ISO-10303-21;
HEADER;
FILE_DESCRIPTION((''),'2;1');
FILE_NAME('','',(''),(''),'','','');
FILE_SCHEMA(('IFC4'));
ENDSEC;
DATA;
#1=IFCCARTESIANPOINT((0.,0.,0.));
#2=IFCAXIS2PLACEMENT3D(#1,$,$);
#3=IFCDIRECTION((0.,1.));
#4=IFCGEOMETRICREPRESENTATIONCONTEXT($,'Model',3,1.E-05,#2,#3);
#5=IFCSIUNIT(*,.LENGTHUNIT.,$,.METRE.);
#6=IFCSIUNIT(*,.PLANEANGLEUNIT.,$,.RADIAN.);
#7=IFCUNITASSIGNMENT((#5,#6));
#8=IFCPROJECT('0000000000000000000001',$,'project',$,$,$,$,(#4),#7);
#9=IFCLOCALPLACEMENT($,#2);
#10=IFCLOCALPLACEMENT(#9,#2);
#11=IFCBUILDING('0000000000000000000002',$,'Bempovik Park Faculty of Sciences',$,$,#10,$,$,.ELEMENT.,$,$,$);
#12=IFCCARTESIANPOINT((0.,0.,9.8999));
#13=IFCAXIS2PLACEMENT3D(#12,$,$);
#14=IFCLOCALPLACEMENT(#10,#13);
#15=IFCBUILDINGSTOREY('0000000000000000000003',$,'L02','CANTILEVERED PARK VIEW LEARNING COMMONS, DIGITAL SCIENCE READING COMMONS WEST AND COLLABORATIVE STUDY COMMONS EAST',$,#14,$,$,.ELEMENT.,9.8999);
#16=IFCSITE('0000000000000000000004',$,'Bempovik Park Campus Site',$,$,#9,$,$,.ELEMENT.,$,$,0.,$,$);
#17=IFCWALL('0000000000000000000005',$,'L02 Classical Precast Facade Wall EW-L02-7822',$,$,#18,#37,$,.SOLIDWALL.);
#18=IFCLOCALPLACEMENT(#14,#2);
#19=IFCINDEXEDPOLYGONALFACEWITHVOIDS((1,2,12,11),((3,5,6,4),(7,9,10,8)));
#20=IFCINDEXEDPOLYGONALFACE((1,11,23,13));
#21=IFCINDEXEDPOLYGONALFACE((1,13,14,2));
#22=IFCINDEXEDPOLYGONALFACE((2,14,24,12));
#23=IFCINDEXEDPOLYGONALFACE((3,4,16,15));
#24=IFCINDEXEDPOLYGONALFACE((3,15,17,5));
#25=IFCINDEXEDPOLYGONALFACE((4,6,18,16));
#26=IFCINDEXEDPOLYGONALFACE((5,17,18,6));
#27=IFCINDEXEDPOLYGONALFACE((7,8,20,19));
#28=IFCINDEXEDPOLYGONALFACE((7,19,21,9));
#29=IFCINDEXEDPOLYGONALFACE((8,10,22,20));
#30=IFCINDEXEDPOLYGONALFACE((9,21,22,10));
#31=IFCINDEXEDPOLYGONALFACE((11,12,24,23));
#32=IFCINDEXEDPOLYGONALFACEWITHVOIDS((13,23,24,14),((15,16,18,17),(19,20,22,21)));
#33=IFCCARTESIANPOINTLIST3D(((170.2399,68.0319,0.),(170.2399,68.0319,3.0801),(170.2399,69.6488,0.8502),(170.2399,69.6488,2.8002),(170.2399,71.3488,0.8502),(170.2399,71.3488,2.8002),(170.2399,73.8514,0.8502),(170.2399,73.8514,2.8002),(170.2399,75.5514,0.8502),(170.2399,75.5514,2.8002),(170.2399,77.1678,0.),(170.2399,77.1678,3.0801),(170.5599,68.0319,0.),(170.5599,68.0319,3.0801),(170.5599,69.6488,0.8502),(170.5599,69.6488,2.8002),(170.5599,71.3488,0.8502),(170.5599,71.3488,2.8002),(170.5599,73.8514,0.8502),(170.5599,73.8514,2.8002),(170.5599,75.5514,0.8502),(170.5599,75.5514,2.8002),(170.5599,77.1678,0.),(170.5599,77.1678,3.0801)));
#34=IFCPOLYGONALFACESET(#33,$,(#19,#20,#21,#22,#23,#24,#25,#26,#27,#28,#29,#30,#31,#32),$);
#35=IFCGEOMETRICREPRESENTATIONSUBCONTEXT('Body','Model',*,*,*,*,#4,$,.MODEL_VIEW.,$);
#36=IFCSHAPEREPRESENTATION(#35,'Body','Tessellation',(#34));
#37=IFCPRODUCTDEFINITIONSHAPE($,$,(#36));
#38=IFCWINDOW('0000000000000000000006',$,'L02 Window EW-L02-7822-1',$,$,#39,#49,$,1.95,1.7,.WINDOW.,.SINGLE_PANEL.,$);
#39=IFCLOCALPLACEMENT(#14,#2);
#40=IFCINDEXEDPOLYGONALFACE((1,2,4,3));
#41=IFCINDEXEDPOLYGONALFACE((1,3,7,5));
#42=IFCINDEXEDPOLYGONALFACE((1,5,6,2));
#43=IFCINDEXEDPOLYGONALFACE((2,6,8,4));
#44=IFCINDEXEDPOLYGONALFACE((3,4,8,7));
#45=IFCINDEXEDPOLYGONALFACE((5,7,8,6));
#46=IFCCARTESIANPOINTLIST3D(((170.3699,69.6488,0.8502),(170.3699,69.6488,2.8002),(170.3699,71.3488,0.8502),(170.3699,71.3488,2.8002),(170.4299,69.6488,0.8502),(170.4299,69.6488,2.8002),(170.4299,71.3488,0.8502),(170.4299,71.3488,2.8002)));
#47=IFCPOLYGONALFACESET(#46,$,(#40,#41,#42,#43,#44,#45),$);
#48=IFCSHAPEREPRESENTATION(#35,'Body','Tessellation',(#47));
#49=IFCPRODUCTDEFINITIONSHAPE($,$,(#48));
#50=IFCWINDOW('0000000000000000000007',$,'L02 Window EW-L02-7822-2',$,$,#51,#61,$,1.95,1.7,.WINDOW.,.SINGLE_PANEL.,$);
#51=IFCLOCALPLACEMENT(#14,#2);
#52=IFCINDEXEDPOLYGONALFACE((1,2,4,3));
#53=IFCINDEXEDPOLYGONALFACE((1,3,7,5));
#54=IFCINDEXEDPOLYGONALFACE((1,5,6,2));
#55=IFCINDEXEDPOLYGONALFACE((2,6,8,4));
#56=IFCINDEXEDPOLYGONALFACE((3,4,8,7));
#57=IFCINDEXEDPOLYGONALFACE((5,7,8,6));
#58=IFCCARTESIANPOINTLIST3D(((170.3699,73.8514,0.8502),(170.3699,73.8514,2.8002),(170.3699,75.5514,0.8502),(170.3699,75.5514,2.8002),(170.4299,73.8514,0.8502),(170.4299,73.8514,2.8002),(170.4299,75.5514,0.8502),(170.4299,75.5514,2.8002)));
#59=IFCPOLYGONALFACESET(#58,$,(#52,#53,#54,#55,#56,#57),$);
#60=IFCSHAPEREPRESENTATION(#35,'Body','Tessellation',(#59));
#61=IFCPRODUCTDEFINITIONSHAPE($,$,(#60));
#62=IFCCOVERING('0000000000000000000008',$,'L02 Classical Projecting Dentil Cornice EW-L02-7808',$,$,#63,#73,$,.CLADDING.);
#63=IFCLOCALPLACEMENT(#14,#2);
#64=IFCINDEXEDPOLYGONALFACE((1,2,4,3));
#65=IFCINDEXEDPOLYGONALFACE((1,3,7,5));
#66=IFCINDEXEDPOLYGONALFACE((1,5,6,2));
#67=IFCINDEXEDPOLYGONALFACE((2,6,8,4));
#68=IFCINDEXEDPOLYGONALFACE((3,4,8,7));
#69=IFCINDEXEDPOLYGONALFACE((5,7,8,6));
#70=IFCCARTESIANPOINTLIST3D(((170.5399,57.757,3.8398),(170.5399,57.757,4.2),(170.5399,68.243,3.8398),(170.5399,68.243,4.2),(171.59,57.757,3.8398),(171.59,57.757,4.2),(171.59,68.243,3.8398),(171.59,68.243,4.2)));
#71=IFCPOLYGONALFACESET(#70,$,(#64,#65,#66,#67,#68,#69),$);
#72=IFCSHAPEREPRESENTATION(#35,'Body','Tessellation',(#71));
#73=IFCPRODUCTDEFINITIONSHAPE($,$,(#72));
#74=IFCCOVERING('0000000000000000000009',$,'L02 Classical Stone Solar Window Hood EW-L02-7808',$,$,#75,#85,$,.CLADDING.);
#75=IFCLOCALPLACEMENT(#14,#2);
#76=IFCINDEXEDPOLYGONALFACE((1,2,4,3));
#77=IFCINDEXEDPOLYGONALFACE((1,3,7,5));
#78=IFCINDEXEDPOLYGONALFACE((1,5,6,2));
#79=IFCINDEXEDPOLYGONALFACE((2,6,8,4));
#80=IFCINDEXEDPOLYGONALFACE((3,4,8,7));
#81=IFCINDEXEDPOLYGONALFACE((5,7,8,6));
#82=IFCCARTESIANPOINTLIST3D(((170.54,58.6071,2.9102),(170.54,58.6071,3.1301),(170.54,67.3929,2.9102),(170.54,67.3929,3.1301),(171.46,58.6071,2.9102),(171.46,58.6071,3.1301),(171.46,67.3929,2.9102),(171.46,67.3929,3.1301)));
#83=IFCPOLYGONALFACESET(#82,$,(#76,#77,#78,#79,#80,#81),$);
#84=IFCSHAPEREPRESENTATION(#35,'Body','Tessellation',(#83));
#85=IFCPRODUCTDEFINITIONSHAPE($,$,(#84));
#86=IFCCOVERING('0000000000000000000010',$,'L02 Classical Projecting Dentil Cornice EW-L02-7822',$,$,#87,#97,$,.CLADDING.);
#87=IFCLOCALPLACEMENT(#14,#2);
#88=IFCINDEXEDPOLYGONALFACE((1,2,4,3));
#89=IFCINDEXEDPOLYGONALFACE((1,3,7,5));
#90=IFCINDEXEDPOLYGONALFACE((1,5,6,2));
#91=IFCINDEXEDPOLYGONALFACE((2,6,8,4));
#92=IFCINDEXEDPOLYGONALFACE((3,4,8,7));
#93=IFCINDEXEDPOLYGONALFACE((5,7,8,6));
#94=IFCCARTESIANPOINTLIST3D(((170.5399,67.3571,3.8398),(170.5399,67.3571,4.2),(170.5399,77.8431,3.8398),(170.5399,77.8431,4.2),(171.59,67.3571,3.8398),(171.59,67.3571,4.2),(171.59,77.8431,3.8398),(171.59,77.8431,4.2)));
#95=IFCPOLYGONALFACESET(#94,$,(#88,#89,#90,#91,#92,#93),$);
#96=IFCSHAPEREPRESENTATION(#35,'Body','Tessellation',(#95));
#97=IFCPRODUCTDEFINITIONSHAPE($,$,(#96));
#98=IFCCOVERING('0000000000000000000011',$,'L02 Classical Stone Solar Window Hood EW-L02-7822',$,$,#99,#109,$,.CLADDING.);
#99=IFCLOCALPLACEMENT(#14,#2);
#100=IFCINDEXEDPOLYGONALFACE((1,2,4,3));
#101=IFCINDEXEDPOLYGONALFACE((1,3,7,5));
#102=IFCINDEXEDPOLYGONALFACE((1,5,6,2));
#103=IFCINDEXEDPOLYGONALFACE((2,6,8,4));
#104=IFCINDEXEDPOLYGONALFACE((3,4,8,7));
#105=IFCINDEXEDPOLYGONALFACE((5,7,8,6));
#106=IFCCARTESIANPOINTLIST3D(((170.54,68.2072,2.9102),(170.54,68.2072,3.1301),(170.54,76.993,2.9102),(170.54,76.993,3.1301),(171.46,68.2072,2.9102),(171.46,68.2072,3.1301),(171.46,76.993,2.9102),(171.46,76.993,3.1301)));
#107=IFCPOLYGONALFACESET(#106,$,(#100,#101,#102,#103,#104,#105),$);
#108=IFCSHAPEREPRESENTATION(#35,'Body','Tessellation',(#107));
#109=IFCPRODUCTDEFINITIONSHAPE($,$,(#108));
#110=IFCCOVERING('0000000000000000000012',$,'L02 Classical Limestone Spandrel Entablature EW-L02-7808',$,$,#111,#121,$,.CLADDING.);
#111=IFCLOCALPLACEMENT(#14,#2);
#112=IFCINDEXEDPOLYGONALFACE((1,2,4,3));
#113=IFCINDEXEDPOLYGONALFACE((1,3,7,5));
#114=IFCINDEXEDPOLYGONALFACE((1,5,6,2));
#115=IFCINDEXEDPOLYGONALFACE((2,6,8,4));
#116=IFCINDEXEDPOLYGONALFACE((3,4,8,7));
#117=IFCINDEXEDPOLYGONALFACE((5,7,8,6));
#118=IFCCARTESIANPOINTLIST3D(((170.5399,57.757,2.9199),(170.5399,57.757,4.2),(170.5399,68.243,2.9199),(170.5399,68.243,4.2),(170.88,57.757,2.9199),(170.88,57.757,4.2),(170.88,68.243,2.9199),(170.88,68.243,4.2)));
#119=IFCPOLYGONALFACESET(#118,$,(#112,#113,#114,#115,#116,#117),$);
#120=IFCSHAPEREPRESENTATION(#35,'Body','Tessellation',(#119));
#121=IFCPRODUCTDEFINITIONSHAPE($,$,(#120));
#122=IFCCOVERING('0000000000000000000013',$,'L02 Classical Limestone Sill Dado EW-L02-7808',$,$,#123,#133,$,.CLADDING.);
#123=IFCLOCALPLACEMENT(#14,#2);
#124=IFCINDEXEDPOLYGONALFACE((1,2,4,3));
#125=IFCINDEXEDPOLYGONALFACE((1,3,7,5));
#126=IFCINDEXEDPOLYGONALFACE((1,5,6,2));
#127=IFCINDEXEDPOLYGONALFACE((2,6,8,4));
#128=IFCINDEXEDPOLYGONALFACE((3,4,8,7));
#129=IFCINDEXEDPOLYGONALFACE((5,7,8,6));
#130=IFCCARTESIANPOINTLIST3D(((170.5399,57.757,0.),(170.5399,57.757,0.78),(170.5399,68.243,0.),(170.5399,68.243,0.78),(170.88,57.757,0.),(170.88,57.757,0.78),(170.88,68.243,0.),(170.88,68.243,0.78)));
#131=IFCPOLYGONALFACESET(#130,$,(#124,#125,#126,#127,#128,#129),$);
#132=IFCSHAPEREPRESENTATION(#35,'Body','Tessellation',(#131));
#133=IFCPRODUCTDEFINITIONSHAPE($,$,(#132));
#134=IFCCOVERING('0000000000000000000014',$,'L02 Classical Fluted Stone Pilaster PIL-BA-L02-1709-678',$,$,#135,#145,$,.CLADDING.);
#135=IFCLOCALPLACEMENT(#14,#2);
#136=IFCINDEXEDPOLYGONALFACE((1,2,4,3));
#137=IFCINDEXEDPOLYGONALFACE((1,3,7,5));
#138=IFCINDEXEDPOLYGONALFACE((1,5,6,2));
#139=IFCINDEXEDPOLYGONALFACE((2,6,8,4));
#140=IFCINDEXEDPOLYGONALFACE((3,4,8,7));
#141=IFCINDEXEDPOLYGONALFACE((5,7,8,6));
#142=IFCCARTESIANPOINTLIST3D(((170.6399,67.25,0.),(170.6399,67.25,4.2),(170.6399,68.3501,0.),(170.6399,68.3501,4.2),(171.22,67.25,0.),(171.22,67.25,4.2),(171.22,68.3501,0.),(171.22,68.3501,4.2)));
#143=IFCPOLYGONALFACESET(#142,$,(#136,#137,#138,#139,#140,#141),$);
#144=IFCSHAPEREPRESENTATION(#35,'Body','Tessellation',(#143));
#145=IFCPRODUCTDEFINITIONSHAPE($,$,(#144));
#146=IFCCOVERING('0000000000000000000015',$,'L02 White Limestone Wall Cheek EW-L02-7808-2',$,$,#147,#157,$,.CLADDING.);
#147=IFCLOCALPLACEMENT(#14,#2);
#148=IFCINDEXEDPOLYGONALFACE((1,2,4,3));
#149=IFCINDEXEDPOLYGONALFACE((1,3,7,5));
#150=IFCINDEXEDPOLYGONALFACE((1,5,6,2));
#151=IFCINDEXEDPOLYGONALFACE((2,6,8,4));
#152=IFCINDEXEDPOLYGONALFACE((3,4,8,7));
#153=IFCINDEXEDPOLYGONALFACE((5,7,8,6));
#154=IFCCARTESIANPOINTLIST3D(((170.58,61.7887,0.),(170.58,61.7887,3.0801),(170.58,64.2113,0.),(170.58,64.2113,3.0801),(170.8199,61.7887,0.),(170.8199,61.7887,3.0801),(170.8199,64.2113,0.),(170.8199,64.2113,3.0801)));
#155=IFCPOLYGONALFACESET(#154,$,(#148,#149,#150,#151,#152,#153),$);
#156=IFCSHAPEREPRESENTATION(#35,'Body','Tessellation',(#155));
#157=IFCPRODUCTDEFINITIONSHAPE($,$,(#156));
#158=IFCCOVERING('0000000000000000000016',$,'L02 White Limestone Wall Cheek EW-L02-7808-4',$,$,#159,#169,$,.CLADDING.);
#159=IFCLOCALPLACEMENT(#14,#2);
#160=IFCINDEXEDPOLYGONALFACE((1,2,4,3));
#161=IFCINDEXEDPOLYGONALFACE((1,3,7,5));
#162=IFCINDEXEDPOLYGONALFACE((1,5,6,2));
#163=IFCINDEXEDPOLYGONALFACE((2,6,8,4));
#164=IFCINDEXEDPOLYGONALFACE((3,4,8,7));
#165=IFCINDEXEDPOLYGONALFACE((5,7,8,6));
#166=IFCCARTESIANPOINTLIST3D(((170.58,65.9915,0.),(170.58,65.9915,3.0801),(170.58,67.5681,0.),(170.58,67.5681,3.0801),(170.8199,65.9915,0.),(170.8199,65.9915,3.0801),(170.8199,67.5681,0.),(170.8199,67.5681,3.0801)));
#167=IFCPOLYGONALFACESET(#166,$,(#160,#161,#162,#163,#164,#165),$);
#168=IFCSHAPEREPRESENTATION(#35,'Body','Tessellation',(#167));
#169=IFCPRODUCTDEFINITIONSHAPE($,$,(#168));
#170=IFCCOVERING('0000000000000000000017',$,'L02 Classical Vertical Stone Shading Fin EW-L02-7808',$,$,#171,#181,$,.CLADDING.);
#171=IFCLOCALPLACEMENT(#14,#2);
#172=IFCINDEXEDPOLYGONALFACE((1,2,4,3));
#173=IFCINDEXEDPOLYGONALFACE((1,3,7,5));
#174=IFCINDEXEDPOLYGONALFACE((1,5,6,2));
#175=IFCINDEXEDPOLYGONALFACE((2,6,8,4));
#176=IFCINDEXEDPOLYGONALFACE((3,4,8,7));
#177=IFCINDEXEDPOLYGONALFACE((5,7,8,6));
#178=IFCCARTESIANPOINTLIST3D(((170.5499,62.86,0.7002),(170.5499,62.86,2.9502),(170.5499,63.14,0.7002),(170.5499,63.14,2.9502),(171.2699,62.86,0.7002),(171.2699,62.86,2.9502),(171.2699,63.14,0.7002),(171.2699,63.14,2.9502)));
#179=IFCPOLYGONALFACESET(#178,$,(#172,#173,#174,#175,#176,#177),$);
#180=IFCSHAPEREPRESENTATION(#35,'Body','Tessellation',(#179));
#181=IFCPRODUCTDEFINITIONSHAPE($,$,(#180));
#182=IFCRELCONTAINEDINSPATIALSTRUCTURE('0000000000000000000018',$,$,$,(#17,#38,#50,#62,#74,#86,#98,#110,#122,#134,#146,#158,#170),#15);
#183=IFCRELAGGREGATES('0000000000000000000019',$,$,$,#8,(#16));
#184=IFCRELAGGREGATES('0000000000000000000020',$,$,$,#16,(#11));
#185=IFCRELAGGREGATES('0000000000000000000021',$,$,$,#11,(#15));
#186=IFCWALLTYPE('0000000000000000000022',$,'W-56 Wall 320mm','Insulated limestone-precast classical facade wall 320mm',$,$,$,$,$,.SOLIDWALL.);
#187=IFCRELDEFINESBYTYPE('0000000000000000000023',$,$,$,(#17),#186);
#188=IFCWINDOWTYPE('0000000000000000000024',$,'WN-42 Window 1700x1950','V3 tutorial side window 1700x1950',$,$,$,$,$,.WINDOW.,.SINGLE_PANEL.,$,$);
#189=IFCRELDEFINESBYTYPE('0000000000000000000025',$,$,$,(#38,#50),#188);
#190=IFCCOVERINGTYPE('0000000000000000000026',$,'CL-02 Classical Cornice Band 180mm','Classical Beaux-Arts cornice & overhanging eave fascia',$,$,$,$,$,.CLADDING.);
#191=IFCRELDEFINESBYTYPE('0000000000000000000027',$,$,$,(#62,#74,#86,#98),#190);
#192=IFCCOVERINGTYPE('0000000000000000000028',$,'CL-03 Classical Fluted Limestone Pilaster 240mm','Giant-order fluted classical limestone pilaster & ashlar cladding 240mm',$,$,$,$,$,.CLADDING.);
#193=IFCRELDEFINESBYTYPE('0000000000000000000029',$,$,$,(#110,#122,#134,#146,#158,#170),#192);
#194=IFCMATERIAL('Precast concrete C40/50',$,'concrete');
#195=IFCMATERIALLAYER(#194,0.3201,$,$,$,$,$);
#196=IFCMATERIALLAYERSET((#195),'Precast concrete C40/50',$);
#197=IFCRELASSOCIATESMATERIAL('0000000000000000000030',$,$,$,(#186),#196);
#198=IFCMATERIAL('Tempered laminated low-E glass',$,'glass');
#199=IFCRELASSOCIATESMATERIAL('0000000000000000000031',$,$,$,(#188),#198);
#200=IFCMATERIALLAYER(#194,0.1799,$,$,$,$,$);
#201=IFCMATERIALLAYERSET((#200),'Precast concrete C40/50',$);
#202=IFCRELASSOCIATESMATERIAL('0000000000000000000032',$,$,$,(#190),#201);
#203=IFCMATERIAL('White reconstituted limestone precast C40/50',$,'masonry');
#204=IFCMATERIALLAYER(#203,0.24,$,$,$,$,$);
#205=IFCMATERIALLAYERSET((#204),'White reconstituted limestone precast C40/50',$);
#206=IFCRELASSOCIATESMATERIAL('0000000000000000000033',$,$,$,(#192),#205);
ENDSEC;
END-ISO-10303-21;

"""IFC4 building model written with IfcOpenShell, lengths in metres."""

from ifc_helpers import new_model, si_unit, direction, frame, frame_2d, origin, origin_2d, place, context, subcontext, project, spatial, rectangle, extrude, material, layer, layer_set, type_object, element, fill, save


model = new_model("IFC4")

# Units and contexts
model_context = context("Model", 3, precision=1e-05, world=origin(), true_north=direction((0.0, 1.0)))
body_context = subcontext(model_context, "Body", "Model", "MODEL_VIEW")
ifc_project = project(units=[si_unit("LENGTHUNIT", "METRE"), si_unit("PLANEANGLEUNIT", "RADIAN")], contexts=[model_context])

# Site, building, storey
site_placement = place(None, origin())
site = spatial("IfcSite", under=ifc_project, at=site_placement, Name="Bempovik Park Campus Site", CompositionType="ELEMENT", RefElevation=0.0)
building_placement = place(site_placement, origin())
building = spatial("IfcBuilding", under=site, at=building_placement, Name="Bempovik Park Faculty of Sciences", CompositionType="ELEMENT")
storey_placement = place(building_placement, frame((0.0, 0.0, 9.8999)))
storey = spatial("IfcBuildingStorey", under=building, at=storey_placement, Name="L02", Description="CANTILEVERED PARK VIEW LEARNING COMMONS, DIGITAL SCIENCE READING COMMONS WEST AND COLLABORATIVE STUDY COMMONS EAST", CompositionType="ELEMENT", Elevation=9.8999)

# Wall, openings, windows
ifc_material_1 = material(Name="Precast concrete C40/50", Category="concrete")
ifc_layer_1 = layer(ifc_material_1, 0.3201)
ifc_layer_set_1 = layer_set([ifc_layer_1], Name="Precast concrete C40/50")
wall_type_1 = type_object("IfcWallType", Name="W-56 Wall 320mm", Description="Insulated limestone-precast classical facade wall 320mm", PredefinedType="SOLIDWALL", material=ifc_layer_set_1)
wall_1_placement = place(storey_placement, frame((170.3999, 68.032, 0.0), z_axis=(0.0, 0.0, 1.0), x_axis=(0.0, 1.0, 0.0)))
wall_1 = element("IfcWall", 1, at=wall_1_placement, inside=storey, type_object=wall_type_1, Name="L02 Classical Precast Facade Wall EW-L02-7822", PredefinedType="SOLIDWALL", context=body_context, shape_type="SweptSolid", body=[
    extrude(rectangle(XDim=9.136, YDim=0.3201, at=frame_2d((4.5679, 0.0))), origin(), (0.0, 0.0, 1.0), 3.0801),
])
opening_1_placement = place(wall_1_placement, frame((1.6167, 0.0, 0.8501)))
opening_1 = element("IfcOpeningElement", 2, at=opening_1_placement, cuts=wall_1, PredefinedType="OPENING", context=body_context, shape_type="SweptSolid", body=[
    extrude(rectangle(XDim=1.7, YDim=1.95, at=frame_2d((0.8501, 0.9751))), frame((0.0, 0.1699, 0.0), z_axis=(0.0, -1.0, 0.0), x_axis=(1.0, 0.0, 0.0)), (0.0, 0.0, 1.0), 0.3401),
])
opening_2_placement = place(wall_1_placement, frame((5.8193, 0.0, 0.8501)))
opening_2 = element("IfcOpeningElement", 3, at=opening_2_placement, cuts=wall_1, PredefinedType="OPENING", context=body_context, shape_type="SweptSolid", body=[
    extrude(rectangle(XDim=1.7, YDim=1.95, at=frame_2d((0.8501, 0.9751))), frame((0.0, 0.1699, 0.0), z_axis=(0.0, -1.0, 0.0), x_axis=(1.0, 0.0, 0.0)), (0.0, 0.0, 1.0), 0.3401),
])
ifc_material_2 = material(Name="Tempered laminated low-E glass", Category="glass")
window_type = type_object("IfcWindowType", Name="WN-42 Window 1700x1950", Description="V3 tutorial side window 1700x1950", PartitioningType="SINGLE_PANEL", PredefinedType="WINDOW", material=ifc_material_2)
window_1_placement = place(opening_1_placement, origin())
window_1 = element("IfcWindow", 4, at=window_1_placement, inside=storey, type_object=window_type, Name="L02 Window EW-L02-7822-1", OverallHeight=1.95, OverallWidth=1.7, PartitioningType="SINGLE_PANEL", PredefinedType="WINDOW", context=body_context, shape_type="SweptSolid", body=[
    extrude(rectangle(XDim=1.7, YDim=1.95, at=frame_2d((0.8501, 0.9751))), frame((0.0, 0.03, 0.0), z_axis=(0.0, -1.0, 0.0), x_axis=(1.0, 0.0, 0.0)), (0.0, 0.0, 1.0), 0.0601),
])
fill(opening_1, window_1)
window_2_placement = place(opening_2_placement, origin())
window_2 = element("IfcWindow", 5, at=window_2_placement, inside=storey, type_object=window_type, Name="L02 Window EW-L02-7822-2", OverallHeight=1.95, OverallWidth=1.7, PartitioningType="SINGLE_PANEL", PredefinedType="WINDOW", context=body_context, shape_type="SweptSolid", body=[
    extrude(rectangle(XDim=1.7, YDim=1.95, at=frame_2d((0.8501, 0.9751))), frame((0.0, 0.03, 0.0), z_axis=(0.0, -1.0, 0.0), x_axis=(1.0, 0.0, 0.0)), (0.0, 0.0, 1.0), 0.0601),
])
fill(opening_2, window_2)

# Coverings
ifc_layer_2 = layer(ifc_material_1, 0.1799)
ifc_layer_set_2 = layer_set([ifc_layer_2], Name="Precast concrete C40/50")
covering_type_1 = type_object("IfcCoveringType", Name="CL-02 Classical Cornice Band 180mm", Description="Classical Beaux-Arts cornice & overhanging eave fascia", PredefinedType="CLADDING", material=ifc_layer_set_2)
covering_1_placement = place(storey_placement, frame((171.0649, 63.0, 3.8398), z_axis=(0.0, 0.0, 1.0), x_axis=(1.0, 0.0, 0.0)))
element("IfcCovering", 6, at=covering_1_placement, inside=storey, type_object=covering_type_1, Name="L02 Classical Projecting Dentil Cornice EW-L02-7808", PredefinedType="CLADDING", context=body_context, shape_type="SweptSolid", body=[
    extrude(rectangle(XDim=1.05, YDim=10.4861, at=origin_2d()), origin(), (0.0, 0.0, 1.0), 0.3601),
])
covering_2_placement = place(storey_placement, frame((171.0, 63.0, 2.9102), z_axis=(0.0, 0.0, 1.0), x_axis=(1.0, 0.0, 0.0)))
element("IfcCovering", 7, at=covering_2_placement, inside=storey, type_object=covering_type_1, Name="L02 Classical Stone Solar Window Hood EW-L02-7808", PredefinedType="CLADDING", context=body_context, shape_type="SweptSolid", body=[
    extrude(rectangle(XDim=0.9199, YDim=8.7859, at=origin_2d()), origin(), (0.0, 0.0, 1.0), 0.22),
])
covering_3_placement = place(storey_placement, frame((171.0649, 72.6001, 3.8398), z_axis=(0.0, 0.0, 1.0), x_axis=(1.0, 0.0, 0.0)))
element("IfcCovering", 8, at=covering_3_placement, inside=storey, type_object=covering_type_1, Name="L02 Classical Projecting Dentil Cornice EW-L02-7822", PredefinedType="CLADDING", context=body_context, shape_type="SweptSolid", body=[
    extrude(rectangle(XDim=1.05, YDim=10.4861, at=origin_2d()), origin(), (0.0, 0.0, 1.0), 0.3601),
])
covering_4_placement = place(storey_placement, frame((171.0, 72.6001, 2.9102), z_axis=(0.0, 0.0, 1.0), x_axis=(1.0, 0.0, 0.0)))
element("IfcCovering", 9, at=covering_4_placement, inside=storey, type_object=covering_type_1, Name="L02 Classical Stone Solar Window Hood EW-L02-7822", PredefinedType="CLADDING", context=body_context, shape_type="SweptSolid", body=[
    extrude(rectangle(XDim=0.9199, YDim=8.7859, at=origin_2d()), origin(), (0.0, 0.0, 1.0), 0.22),
])
ifc_material_3 = material(Name="White reconstituted limestone precast C40/50", Category="masonry")
ifc_layer_3 = layer(ifc_material_3, 0.24)
ifc_layer_set_3 = layer_set([ifc_layer_3], Name="White reconstituted limestone precast C40/50")
covering_type_2 = type_object("IfcCoveringType", Name="CL-03 Classical Fluted Limestone Pilaster 240mm", Description="Giant-order fluted classical limestone pilaster & ashlar cladding 240mm", PredefinedType="CLADDING", material=ifc_layer_set_3)
covering_5_placement = place(storey_placement, frame((170.71, 63.0, 2.9199), z_axis=(0.0, 0.0, 1.0), x_axis=(1.0, 0.0, 0.0)))
element("IfcCovering", 10, at=covering_5_placement, inside=storey, type_object=covering_type_2, Name="L02 Classical Limestone Spandrel Entablature EW-L02-7808", PredefinedType="CLADDING", context=body_context, shape_type="SweptSolid", body=[
    extrude(rectangle(XDim=0.3401, YDim=10.4861, at=origin_2d()), origin(), (0.0, 0.0, 1.0), 1.28),
])
covering_6_placement = place(storey_placement, frame((170.71, 63.0, 0.0), z_axis=(0.0, 0.0, 1.0), x_axis=(1.0, 0.0, 0.0)))
element("IfcCovering", 11, at=covering_6_placement, inside=storey, type_object=covering_type_2, Name="L02 Classical Limestone Sill Dado EW-L02-7808", PredefinedType="CLADDING", context=body_context, shape_type="SweptSolid", body=[
    extrude(rectangle(XDim=0.3401, YDim=10.4861, at=origin_2d()), origin(), (0.0, 0.0, 1.0), 0.78),
])
covering_7_placement = place(storey_placement, frame((170.9299, 67.8, 0.0), z_axis=(0.0, 0.0, 1.0), x_axis=(1.0, 0.0, 0.0)))
element("IfcCovering", 12, at=covering_7_placement, inside=storey, type_object=covering_type_2, Name="L02 Classical Fluted Stone Pilaster PIL-BA-L02-1709-678", PredefinedType="CLADDING", context=body_context, shape_type="SweptSolid", body=[
    extrude(rectangle(XDim=0.5801, YDim=1.1001, at=origin_2d()), origin(), (0.0, 0.0, 1.0), 4.2),
])
covering_8_placement = place(storey_placement, frame((170.7, 63.0, 0.0), z_axis=(0.0, 0.0, 1.0), x_axis=(1.0, 0.0, 0.0)))
element("IfcCovering", 13, at=covering_8_placement, inside=storey, type_object=covering_type_2, Name="L02 White Limestone Wall Cheek EW-L02-7808-2", PredefinedType="CLADDING", context=body_context, shape_type="SweptSolid", body=[
    extrude(rectangle(XDim=0.24, YDim=2.4226, at=origin_2d()), origin(), (0.0, 0.0, 1.0), 3.0801),
])
covering_9_placement = place(storey_placement, frame((170.7, 66.7798, 0.0), z_axis=(0.0, 0.0, 1.0), x_axis=(1.0, 0.0, 0.0)))
element("IfcCovering", 14, at=covering_9_placement, inside=storey, type_object=covering_type_2, Name="L02 White Limestone Wall Cheek EW-L02-7808-4", PredefinedType="CLADDING", context=body_context, shape_type="SweptSolid", body=[
    extrude(rectangle(XDim=0.24, YDim=1.5767, at=origin_2d()), origin(), (0.0, 0.0, 1.0), 3.0801),
])
covering_10_placement = place(storey_placement, frame((170.9099, 63.0, 0.7002), z_axis=(0.0, 0.0, 1.0), x_axis=(1.0, 0.0, 0.0)))
element("IfcCovering", 15, at=covering_10_placement, inside=storey, type_object=covering_type_2, Name="L02 Classical Vertical Stone Shading Fin EW-L02-7808", PredefinedType="CLADDING", context=body_context, shape_type="SweptSolid", body=[
    extrude(rectangle(XDim=0.72, YDim=0.28, at=origin_2d()), origin(), (0.0, 0.0, 1.0), 2.25),
])

save(model, "model.ifc")
